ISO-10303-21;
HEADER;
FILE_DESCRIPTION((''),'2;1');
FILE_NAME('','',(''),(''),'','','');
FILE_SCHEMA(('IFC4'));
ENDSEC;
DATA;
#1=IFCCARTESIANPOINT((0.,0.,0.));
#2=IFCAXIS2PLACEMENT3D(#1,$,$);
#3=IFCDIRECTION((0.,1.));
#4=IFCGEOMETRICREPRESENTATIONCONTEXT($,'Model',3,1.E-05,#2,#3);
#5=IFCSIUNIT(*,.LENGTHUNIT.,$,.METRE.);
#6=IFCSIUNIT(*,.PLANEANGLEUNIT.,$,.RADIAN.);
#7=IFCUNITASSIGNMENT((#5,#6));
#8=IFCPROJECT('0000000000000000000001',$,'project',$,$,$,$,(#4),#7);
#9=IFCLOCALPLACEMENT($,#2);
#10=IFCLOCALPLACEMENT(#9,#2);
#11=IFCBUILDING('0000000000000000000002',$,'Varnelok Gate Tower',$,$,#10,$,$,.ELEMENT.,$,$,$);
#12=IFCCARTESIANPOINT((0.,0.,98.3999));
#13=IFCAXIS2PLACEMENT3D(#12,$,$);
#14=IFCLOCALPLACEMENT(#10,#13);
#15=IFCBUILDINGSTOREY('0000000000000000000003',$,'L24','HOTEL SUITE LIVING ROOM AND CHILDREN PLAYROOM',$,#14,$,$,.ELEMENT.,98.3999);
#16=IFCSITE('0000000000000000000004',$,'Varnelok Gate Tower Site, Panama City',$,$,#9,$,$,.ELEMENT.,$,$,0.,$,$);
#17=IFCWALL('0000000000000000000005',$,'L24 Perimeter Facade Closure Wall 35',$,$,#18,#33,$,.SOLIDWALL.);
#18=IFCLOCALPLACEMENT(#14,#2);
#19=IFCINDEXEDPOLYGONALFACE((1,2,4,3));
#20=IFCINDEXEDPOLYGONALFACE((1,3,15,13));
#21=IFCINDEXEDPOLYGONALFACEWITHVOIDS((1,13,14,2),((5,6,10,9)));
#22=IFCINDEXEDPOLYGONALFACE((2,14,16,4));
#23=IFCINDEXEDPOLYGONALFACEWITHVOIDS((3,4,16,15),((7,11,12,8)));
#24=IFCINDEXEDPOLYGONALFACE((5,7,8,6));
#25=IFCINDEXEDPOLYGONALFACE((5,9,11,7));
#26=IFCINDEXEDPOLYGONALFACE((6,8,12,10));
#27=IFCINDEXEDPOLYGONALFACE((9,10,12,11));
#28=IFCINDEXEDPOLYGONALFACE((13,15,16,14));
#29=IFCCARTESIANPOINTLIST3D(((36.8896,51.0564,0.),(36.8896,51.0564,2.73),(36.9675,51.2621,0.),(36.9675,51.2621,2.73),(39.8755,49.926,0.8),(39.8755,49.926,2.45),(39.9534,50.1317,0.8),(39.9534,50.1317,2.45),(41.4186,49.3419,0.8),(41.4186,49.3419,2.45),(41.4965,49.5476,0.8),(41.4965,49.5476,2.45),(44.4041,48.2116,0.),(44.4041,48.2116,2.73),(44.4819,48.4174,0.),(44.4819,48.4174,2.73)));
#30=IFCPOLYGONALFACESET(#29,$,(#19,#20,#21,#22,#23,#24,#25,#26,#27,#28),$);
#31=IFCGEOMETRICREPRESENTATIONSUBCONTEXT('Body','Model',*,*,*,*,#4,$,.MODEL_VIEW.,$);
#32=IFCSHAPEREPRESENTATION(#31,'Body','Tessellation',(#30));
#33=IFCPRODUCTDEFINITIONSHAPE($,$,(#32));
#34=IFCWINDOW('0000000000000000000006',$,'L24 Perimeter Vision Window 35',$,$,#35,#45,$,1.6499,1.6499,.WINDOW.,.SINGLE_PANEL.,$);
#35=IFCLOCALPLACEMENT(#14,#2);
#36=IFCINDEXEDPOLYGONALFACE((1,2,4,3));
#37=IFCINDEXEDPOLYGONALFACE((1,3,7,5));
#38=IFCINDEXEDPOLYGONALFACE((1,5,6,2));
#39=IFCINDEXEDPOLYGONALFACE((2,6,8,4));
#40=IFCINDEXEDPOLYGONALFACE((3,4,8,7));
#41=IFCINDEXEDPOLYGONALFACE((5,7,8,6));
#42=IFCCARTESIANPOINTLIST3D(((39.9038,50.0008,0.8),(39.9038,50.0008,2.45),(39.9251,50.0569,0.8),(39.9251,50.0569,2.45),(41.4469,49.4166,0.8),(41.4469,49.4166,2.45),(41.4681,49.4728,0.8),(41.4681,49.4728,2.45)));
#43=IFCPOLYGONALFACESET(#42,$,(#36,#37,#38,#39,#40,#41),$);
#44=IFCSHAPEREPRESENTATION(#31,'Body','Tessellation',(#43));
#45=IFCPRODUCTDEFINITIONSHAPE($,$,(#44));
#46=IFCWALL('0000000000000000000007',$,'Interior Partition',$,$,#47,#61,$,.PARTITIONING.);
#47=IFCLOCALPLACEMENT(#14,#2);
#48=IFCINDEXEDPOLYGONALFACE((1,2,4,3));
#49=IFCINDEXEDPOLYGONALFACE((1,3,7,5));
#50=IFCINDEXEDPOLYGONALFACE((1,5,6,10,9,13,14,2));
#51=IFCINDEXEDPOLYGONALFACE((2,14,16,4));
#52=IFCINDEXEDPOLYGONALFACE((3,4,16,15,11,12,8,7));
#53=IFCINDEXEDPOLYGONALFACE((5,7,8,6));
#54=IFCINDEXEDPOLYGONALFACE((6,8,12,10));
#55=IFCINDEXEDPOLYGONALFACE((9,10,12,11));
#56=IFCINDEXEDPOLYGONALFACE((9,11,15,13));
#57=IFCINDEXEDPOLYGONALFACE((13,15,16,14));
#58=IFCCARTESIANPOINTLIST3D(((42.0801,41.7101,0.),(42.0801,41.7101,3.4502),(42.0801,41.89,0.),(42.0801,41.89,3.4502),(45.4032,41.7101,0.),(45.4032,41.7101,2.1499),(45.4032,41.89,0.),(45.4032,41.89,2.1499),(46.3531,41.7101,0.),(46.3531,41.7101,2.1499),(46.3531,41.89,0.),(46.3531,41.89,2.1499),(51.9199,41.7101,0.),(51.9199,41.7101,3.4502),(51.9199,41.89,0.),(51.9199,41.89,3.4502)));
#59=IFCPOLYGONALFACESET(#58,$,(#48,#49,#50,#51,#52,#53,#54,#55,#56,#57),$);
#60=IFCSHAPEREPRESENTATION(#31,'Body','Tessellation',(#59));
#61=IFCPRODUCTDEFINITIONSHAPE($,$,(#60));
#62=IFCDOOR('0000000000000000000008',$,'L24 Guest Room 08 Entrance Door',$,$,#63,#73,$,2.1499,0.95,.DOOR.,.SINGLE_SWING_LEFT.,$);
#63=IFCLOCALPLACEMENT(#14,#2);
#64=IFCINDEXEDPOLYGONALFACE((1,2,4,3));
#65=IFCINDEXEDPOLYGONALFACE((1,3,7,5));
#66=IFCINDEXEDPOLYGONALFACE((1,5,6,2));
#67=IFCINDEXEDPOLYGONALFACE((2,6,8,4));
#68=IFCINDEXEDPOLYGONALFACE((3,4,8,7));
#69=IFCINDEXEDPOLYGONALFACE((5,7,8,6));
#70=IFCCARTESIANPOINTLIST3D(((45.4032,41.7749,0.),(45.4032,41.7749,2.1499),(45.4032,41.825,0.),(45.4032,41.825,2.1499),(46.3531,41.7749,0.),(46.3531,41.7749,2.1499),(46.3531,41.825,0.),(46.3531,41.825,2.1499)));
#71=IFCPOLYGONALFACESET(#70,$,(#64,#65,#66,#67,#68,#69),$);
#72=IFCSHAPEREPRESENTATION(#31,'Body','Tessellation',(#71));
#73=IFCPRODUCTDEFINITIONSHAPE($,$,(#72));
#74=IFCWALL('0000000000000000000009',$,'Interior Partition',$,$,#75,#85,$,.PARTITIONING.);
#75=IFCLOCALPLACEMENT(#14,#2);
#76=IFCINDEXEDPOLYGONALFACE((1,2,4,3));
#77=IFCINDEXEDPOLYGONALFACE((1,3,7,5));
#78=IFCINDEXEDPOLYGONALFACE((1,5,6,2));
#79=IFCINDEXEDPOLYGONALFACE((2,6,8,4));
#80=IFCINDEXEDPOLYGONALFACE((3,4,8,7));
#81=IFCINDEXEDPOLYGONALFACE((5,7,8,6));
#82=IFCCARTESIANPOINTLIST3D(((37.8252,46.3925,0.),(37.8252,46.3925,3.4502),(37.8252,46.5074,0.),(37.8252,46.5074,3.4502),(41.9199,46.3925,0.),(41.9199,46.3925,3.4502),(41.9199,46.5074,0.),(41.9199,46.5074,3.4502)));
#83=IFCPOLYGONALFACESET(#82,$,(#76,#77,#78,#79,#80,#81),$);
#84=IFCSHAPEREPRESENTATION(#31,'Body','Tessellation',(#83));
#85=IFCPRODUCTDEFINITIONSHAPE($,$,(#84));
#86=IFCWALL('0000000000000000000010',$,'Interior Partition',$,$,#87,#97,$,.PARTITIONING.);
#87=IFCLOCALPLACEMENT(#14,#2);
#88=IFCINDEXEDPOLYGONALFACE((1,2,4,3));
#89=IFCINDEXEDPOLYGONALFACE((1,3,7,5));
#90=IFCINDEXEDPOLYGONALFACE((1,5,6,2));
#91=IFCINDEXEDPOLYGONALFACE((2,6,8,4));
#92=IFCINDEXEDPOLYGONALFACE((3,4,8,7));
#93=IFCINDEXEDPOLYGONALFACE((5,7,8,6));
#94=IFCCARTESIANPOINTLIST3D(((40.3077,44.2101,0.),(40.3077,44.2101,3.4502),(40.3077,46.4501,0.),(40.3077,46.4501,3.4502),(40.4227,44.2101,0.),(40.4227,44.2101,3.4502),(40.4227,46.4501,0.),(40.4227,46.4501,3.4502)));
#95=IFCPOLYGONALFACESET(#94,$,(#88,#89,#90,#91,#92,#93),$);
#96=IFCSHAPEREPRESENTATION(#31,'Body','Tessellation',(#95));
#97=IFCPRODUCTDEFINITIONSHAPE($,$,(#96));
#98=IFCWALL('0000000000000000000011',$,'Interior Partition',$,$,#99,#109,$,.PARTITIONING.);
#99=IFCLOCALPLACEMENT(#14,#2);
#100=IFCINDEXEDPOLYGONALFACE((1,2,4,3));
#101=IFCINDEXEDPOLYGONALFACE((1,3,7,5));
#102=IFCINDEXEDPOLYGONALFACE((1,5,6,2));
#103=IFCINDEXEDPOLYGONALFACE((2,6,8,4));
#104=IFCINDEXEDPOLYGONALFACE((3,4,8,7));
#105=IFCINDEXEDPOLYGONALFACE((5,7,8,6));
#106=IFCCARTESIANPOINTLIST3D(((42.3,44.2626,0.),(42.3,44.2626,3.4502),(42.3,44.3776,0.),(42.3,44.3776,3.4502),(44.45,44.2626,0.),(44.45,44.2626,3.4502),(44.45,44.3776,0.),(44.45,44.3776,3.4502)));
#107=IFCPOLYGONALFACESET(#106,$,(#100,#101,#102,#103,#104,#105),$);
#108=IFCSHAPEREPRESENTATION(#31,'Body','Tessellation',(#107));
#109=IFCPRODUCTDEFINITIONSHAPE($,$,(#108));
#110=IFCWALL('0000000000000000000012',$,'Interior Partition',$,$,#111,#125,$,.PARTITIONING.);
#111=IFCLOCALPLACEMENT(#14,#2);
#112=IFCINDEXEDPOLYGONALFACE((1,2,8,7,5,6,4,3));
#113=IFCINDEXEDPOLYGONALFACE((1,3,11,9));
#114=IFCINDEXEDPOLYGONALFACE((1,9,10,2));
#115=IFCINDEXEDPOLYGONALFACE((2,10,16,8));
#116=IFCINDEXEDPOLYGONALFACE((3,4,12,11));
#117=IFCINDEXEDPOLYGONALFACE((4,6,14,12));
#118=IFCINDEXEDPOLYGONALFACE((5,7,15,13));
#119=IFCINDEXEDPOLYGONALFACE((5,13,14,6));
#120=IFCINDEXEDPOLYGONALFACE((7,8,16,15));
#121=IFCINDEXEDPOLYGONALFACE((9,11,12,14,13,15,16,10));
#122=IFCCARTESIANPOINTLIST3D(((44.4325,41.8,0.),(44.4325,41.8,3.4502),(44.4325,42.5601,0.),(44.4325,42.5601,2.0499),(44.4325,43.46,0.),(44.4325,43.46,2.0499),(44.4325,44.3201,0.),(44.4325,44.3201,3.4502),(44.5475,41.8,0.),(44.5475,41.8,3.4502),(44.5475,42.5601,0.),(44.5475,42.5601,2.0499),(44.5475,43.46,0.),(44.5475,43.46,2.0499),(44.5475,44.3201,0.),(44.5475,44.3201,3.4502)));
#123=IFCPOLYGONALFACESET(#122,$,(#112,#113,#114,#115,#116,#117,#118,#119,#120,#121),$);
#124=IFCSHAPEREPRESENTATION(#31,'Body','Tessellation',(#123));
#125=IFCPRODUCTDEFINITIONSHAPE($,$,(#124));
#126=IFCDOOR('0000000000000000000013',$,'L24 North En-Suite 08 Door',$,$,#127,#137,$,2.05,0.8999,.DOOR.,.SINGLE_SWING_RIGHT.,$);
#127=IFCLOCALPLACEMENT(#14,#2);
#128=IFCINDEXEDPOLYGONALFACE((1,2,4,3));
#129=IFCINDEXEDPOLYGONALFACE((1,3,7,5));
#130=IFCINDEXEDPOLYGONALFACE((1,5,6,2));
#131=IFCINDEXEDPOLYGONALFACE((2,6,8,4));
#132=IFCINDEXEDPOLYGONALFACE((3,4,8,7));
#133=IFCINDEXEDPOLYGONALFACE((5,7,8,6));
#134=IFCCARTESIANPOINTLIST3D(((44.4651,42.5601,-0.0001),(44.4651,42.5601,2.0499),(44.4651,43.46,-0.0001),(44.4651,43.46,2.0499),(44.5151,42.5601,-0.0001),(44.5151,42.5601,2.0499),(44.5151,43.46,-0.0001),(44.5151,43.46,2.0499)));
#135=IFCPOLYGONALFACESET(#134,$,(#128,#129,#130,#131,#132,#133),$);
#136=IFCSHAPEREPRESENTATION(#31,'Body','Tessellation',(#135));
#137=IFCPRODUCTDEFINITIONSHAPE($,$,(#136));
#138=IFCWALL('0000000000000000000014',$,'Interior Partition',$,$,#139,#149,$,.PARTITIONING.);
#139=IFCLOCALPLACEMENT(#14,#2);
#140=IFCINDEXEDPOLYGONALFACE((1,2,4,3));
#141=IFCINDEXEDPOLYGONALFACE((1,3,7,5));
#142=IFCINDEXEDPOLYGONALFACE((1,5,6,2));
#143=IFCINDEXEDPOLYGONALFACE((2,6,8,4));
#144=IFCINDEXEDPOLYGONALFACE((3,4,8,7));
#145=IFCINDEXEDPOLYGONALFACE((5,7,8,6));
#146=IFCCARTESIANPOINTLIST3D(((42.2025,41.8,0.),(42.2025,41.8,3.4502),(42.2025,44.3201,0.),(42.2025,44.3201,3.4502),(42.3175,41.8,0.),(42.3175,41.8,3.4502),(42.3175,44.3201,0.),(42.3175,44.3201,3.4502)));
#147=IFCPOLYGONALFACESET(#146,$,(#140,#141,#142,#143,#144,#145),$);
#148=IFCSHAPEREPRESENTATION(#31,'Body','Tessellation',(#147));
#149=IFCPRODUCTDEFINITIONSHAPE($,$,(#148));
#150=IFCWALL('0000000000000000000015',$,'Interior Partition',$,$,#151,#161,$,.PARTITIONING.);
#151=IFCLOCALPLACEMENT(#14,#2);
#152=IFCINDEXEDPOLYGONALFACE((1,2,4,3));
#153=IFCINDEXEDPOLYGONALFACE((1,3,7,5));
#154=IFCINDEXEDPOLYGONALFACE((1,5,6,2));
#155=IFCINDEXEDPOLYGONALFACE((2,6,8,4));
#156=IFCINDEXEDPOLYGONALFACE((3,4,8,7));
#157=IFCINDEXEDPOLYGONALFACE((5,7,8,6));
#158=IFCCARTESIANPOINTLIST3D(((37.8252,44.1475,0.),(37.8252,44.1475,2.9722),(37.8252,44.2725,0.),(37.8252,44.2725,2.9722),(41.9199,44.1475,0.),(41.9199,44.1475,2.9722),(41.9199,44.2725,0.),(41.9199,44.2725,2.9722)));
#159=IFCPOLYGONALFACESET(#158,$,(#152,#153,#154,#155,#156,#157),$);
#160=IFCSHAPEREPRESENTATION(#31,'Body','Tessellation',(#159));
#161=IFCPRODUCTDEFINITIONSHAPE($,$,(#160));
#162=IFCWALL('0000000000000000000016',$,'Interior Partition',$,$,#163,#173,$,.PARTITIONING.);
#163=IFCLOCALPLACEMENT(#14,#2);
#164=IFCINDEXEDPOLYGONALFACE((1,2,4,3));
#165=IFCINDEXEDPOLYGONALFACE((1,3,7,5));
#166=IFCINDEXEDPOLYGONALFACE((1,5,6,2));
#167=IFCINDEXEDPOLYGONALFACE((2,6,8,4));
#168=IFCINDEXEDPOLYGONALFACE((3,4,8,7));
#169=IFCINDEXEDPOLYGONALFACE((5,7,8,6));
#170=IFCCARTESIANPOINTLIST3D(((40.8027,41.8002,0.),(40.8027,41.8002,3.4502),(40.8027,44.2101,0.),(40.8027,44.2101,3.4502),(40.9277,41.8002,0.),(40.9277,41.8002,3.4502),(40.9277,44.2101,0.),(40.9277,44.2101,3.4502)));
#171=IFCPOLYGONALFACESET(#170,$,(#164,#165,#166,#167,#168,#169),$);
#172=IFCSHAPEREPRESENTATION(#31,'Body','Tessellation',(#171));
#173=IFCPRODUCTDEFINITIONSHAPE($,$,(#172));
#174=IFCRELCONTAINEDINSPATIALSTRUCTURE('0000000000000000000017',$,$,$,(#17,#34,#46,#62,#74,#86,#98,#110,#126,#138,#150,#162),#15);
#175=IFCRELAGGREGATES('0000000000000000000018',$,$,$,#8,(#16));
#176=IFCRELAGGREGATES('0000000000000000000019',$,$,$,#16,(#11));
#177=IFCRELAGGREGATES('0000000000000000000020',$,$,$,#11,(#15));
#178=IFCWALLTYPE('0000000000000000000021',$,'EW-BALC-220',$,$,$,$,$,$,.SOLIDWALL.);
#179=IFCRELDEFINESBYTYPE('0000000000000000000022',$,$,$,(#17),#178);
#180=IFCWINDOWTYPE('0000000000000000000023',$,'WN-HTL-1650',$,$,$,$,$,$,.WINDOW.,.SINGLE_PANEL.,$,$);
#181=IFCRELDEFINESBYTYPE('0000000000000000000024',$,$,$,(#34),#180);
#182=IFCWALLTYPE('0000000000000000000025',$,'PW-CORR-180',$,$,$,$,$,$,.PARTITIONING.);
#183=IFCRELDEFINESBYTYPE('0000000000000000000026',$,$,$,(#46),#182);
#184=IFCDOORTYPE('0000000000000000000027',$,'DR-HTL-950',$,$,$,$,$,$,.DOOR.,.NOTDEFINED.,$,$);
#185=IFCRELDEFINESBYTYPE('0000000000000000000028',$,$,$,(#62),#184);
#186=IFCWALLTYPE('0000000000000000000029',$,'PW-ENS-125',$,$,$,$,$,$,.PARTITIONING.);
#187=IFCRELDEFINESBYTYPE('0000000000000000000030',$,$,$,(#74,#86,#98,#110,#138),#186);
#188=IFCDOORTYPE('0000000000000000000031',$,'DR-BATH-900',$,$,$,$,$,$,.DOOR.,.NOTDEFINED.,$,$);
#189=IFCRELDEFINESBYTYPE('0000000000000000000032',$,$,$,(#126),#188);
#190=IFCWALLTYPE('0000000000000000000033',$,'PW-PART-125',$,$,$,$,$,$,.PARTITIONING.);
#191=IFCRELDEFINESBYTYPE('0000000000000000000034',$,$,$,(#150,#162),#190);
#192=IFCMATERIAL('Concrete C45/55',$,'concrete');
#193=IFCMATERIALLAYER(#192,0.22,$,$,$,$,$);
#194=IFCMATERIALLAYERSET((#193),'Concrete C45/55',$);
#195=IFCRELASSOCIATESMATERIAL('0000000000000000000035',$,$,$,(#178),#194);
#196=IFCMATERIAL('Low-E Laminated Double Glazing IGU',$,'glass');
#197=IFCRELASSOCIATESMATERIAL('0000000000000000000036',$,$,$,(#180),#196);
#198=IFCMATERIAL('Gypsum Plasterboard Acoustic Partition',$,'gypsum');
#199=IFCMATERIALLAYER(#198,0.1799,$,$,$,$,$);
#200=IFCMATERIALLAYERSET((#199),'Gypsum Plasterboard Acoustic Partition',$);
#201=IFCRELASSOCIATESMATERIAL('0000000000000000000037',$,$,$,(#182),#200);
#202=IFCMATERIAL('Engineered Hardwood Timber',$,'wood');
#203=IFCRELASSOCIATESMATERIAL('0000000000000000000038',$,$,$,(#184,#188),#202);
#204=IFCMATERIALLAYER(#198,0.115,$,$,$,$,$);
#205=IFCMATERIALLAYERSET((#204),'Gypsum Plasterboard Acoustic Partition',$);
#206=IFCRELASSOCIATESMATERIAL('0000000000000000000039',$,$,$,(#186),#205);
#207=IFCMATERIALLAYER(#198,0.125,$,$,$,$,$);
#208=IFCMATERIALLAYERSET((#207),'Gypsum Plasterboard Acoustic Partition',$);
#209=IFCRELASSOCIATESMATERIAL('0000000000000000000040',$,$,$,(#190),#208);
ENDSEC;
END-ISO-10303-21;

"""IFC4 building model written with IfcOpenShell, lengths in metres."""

from ifc_helpers import new_model, si_unit, direction, frame, frame_2d, origin, place, context, subcontext, project, spatial, rectangle, extrude, material, layer, layer_set, type_object, element, fill, save


model = new_model("IFC4")

# Units and contexts
model_context = context("Model", 3, precision=1e-05, world=origin(), true_north=direction((0.0, 1.0)))
body_context = subcontext(model_context, "Body", "Model", "MODEL_VIEW")
ifc_project = project(units=[si_unit("LENGTHUNIT", "METRE"), si_unit("PLANEANGLEUNIT", "RADIAN")], contexts=[model_context])

# Site, building, storey
site_placement = place(None, origin())
site = spatial("IfcSite", under=ifc_project, at=site_placement, Name="Varnelok Gate Tower Site, Panama City", CompositionType="ELEMENT", RefElevation=0.0)
building_placement = place(site_placement, origin())
building = spatial("IfcBuilding", under=site, at=building_placement, Name="Varnelok Gate Tower", CompositionType="ELEMENT")
storey_placement = place(building_placement, frame((0.0, 0.0, 98.3999)))
storey = spatial("IfcBuildingStorey", under=building, at=storey_placement, Name="L24", Description="HOTEL SUITE LIVING ROOM AND CHILDREN PLAYROOM", CompositionType="ELEMENT", Elevation=98.3999)

# Shared definitions
ifc_material_1 = material(Name="Concrete C45/55", Category="concrete")
ifc_layer_1 = layer(ifc_material_1, 0.22)
ifc_layer_set_1 = layer_set([ifc_layer_1], Name="Concrete C45/55")
wall_type_1 = type_object("IfcWallType", Name="EW-BALC-220", PredefinedType="SOLIDWALL", material=ifc_layer_set_1)
ifc_material_2 = material(Name="Low-E Laminated Double Glazing IGU", Category="glass")
window_type = type_object("IfcWindowType", Name="WN-HTL-1650", PartitioningType="SINGLE_PANEL", PredefinedType="WINDOW", material=ifc_material_2)

# Wall, opening, window
wall_1_placement = place(storey_placement, frame((44.4431, 48.3145, 0.0), z_axis=(0.0, 0.0, 1.0), x_axis=(-0.935227, 0.354049, 0.0)))
wall_1 = element("IfcWall", 1, at=wall_1_placement, inside=storey, type_object=wall_type_1, Name="L24 Perimeter Facade Closure Wall 35", PredefinedType="SOLIDWALL", context=body_context, shape_type="SweptSolid", body=[
    extrude(rectangle(XDim=8.0349, YDim=0.22, at=frame_2d((4.0176, 0.0))), origin(), (0.0, 0.0, 1.0), 2.73),
])
opening_1_placement = place(wall_1_placement, frame((3.1924, 0.0, 0.8)))
opening_1 = element("IfcOpeningElement", 2, at=opening_1_placement, cuts=wall_1, PredefinedType="OPENING", context=body_context, shape_type="SweptSolid", body=[
    extrude(rectangle(XDim=1.6499, YDim=1.6499, at=frame_2d((0.825, 0.825))), frame((0.0, 0.1199, 0.0), z_axis=(0.0, -1.0, 0.0), x_axis=(1.0, 0.0, 0.0)), (0.0, 0.0, 1.0), 0.24),
])
window_1_placement = place(opening_1_placement, origin())
window_1 = element("IfcWindow", 3, at=window_1_placement, inside=storey, type_object=window_type, Name="L24 Perimeter Vision Window 35", OverallHeight=1.6499, OverallWidth=1.6499, PartitioningType="SINGLE_PANEL", PredefinedType="WINDOW", context=body_context, shape_type="SweptSolid", body=[
    extrude(rectangle(XDim=1.6499, YDim=1.6499, at=frame_2d((0.825, 0.825))), frame((0.0, 0.03, 0.0), z_axis=(0.0, -1.0, 0.0), x_axis=(1.0, 0.0, 0.0)), (0.0, 0.0, 1.0), 0.0601),
])
fill(opening_1, window_1)

# Wall, opening, door
ifc_material_3 = material(Name="Gypsum Plasterboard Acoustic Partition", Category="gypsum")
ifc_layer_2 = layer(ifc_material_3, 0.1799)
ifc_layer_set_2 = layer_set([ifc_layer_2], Name="Gypsum Plasterboard Acoustic Partition")
wall_type_2 = type_object("IfcWallType", Name="PW-CORR-180", PredefinedType="PARTITIONING", material=ifc_layer_set_2)
wall_2_placement = place(storey_placement, frame((42.0801, 41.8, 0.0), z_axis=(0.0, 0.0, 1.0), x_axis=(1.0, 0.0, 0.0)))
wall_2 = element("IfcWall", 4, at=wall_2_placement, inside=storey, type_object=wall_type_2, Name="Interior Partition", PredefinedType="PARTITIONING", context=body_context, shape_type="SweptSolid", body=[
    extrude(rectangle(XDim=9.8398, YDim=0.1799, at=frame_2d((4.9199, 0.0))), origin(), (0.0, 0.0, 1.0), 3.4502),
])
opening_2_placement = place(wall_2_placement, frame((3.323, 0.0, 0.0)))
opening_2 = element("IfcOpeningElement", 5, at=opening_2_placement, cuts=wall_2, PredefinedType="OPENING", context=body_context, shape_type="SweptSolid", body=[
    extrude(rectangle(XDim=0.95, YDim=2.1499, at=frame_2d((0.4751, 1.075))), frame((0.0, 0.0999, 0.0), z_axis=(0.0, -1.0, 0.0), x_axis=(1.0, 0.0, 0.0)), (0.0, 0.0, 1.0), 0.2),
])
ifc_material_4 = material(Name="Engineered Hardwood Timber", Category="wood")
door_type_1 = type_object("IfcDoorType", Name="DR-HTL-950", OperationType="NOTDEFINED", PredefinedType="DOOR", material=ifc_material_4)
door_1_placement = place(opening_2_placement, origin())
door_1 = element("IfcDoor", 6, at=door_1_placement, inside=storey, type_object=door_type_1, Name="L24 Guest Room 08 Entrance Door", OperationType="SINGLE_SWING_LEFT", OverallHeight=2.1499, OverallWidth=0.95, PredefinedType="DOOR", context=body_context, shape_type="SweptSolid", body=[
    extrude(rectangle(XDim=0.95, YDim=2.1499, at=frame_2d((0.4751, 1.075))), frame((0.0, 0.0249, 0.0), z_axis=(0.0, -1.0, 0.0), x_axis=(1.0, 0.0, 0.0)), (0.0, 0.0, 1.0), 0.05),
])
fill(opening_2, door_1)

# Walls
ifc_layer_3 = layer(ifc_material_3, 0.115)
ifc_layer_set_3 = layer_set([ifc_layer_3], Name="Gypsum Plasterboard Acoustic Partition")
wall_type_3 = type_object("IfcWallType", Name="PW-ENS-125", PredefinedType="PARTITIONING", material=ifc_layer_set_3)
wall_3_placement = place(storey_placement, frame((37.8252, 46.45, 0.0), z_axis=(0.0, 0.0, 1.0), x_axis=(1.0, 0.0, 0.0)))
element("IfcWall", 7, at=wall_3_placement, inside=storey, type_object=wall_type_3, Name="Interior Partition", PredefinedType="PARTITIONING", context=body_context, shape_type="SweptSolid", body=[
    extrude(rectangle(XDim=4.0947, YDim=0.115, at=frame_2d((2.0474, 0.0))), origin(), (0.0, 0.0, 1.0), 3.4502),
])
wall_4_placement = place(storey_placement, frame((40.3652, 44.21, 0.0), z_axis=(0.0, 0.0, 1.0), x_axis=(0.0, 1.0, 0.0)))
element("IfcWall", 8, at=wall_4_placement, inside=storey, type_object=wall_type_3, Name="Interior Partition", PredefinedType="PARTITIONING", context=body_context, shape_type="SweptSolid", body=[
    extrude(rectangle(XDim=2.24, YDim=0.115, at=frame_2d((1.1201, 0.0))), origin(), (0.0, 0.0, 1.0), 3.4502),
])
wall_5_placement = place(storey_placement, frame((42.3, 44.3201, 0.0), z_axis=(0.0, 0.0, 1.0), x_axis=(1.0, 0.0, 0.0)))
element("IfcWall", 9, at=wall_5_placement, inside=storey, type_object=wall_type_3, Name="Interior Partition", PredefinedType="PARTITIONING", context=body_context, shape_type="SweptSolid", body=[
    extrude(rectangle(XDim=2.1499, YDim=0.115, at=frame_2d((1.075, 0.0))), origin(), (0.0, 0.0, 1.0), 3.4502),
])

# Wall, opening, door
wall_6_placement = place(storey_placement, frame((44.49, 41.8, 0.0), z_axis=(0.0, 0.0, 1.0), x_axis=(0.0, 1.0, 0.0)))
wall_6 = element("IfcWall", 10, at=wall_6_placement, inside=storey, type_object=wall_type_3, Name="Interior Partition", PredefinedType="PARTITIONING", context=body_context, shape_type="SweptSolid", body=[
    extrude(rectangle(XDim=2.52, YDim=0.115, at=frame_2d((1.26, 0.0))), origin(), (0.0, 0.0, 1.0), 3.4502),
])
opening_3_placement = place(wall_6_placement, frame((0.76, 0.0, 0.0)))
opening_3 = element("IfcOpeningElement", 11, at=opening_3_placement, cuts=wall_6, PredefinedType="OPENING", context=body_context, shape_type="SweptSolid", body=[
    extrude(rectangle(XDim=0.8999, YDim=2.05, at=frame_2d((0.45, 1.0249))), frame((0.0, 0.0674, 0.0), z_axis=(0.0, -1.0, 0.0), x_axis=(1.0, 0.0, 0.0)), (0.0, 0.0, 1.0), 0.135),
])
door_type_2 = type_object("IfcDoorType", Name="DR-BATH-900", OperationType="NOTDEFINED", PredefinedType="DOOR", material=ifc_material_4)
door_2_placement = place(opening_3_placement, origin())
door_2 = element("IfcDoor", 12, at=door_2_placement, inside=storey, type_object=door_type_2, Name="L24 North En-Suite 08 Door", OperationType="SINGLE_SWING_RIGHT", OverallHeight=2.05, OverallWidth=0.8999, PredefinedType="DOOR", context=body_context, shape_type="SweptSolid", body=[
    extrude(rectangle(XDim=0.8999, YDim=2.05, at=frame_2d((0.45, 1.0249))), frame((0.0, 0.0249, 0.0), z_axis=(0.0, -1.0, 0.0), x_axis=(1.0, 0.0, 0.0)), (0.0, 0.0, 1.0), 0.05),
])
fill(opening_3, door_2)

# Walls
wall_7_placement = place(storey_placement, frame((42.26, 41.8, 0.0), z_axis=(0.0, 0.0, 1.0), x_axis=(0.0, 1.0, 0.0)))
element("IfcWall", 13, at=wall_7_placement, inside=storey, type_object=wall_type_3, Name="Interior Partition", PredefinedType="PARTITIONING", context=body_context, shape_type="SweptSolid", body=[
    extrude(rectangle(XDim=2.52, YDim=0.115, at=frame_2d((1.26, 0.0))), origin(), (0.0, 0.0, 1.0), 3.4502),
])
ifc_layer_4 = layer(ifc_material_3, 0.125)
ifc_layer_set_4 = layer_set([ifc_layer_4], Name="Gypsum Plasterboard Acoustic Partition")
wall_type_4 = type_object("IfcWallType", Name="PW-PART-125", PredefinedType="PARTITIONING", material=ifc_layer_set_4)
wall_8_placement = place(storey_placement, frame((37.8252, 44.21, 0.0), z_axis=(0.0, 0.0, 1.0), x_axis=(1.0, 0.0, 0.0)))
element("IfcWall", 14, at=wall_8_placement, inside=storey, type_object=wall_type_4, Name="Interior Partition", PredefinedType="PARTITIONING", context=body_context, shape_type="SweptSolid", body=[
    extrude(rectangle(XDim=4.0947, YDim=0.125, at=frame_2d((2.0474, 0.0))), origin(), (0.0, 0.0, 1.0), 2.9722),
])
wall_9_placement = place(storey_placement, frame((40.8652, 41.8, 0.0), z_axis=(0.0, 0.0, 1.0), x_axis=(0.0, 1.0, 0.0)))
element("IfcWall", 15, at=wall_9_placement, inside=storey, type_object=wall_type_4, Name="Interior Partition", PredefinedType="PARTITIONING", context=body_context, shape_type="SweptSolid", body=[
    extrude(rectangle(XDim=2.4099, YDim=0.125, at=frame_2d((1.2051, 0.0))), origin(), (0.0, 0.0, 1.0), 3.4502),
])

save(model, "model.ifc")
